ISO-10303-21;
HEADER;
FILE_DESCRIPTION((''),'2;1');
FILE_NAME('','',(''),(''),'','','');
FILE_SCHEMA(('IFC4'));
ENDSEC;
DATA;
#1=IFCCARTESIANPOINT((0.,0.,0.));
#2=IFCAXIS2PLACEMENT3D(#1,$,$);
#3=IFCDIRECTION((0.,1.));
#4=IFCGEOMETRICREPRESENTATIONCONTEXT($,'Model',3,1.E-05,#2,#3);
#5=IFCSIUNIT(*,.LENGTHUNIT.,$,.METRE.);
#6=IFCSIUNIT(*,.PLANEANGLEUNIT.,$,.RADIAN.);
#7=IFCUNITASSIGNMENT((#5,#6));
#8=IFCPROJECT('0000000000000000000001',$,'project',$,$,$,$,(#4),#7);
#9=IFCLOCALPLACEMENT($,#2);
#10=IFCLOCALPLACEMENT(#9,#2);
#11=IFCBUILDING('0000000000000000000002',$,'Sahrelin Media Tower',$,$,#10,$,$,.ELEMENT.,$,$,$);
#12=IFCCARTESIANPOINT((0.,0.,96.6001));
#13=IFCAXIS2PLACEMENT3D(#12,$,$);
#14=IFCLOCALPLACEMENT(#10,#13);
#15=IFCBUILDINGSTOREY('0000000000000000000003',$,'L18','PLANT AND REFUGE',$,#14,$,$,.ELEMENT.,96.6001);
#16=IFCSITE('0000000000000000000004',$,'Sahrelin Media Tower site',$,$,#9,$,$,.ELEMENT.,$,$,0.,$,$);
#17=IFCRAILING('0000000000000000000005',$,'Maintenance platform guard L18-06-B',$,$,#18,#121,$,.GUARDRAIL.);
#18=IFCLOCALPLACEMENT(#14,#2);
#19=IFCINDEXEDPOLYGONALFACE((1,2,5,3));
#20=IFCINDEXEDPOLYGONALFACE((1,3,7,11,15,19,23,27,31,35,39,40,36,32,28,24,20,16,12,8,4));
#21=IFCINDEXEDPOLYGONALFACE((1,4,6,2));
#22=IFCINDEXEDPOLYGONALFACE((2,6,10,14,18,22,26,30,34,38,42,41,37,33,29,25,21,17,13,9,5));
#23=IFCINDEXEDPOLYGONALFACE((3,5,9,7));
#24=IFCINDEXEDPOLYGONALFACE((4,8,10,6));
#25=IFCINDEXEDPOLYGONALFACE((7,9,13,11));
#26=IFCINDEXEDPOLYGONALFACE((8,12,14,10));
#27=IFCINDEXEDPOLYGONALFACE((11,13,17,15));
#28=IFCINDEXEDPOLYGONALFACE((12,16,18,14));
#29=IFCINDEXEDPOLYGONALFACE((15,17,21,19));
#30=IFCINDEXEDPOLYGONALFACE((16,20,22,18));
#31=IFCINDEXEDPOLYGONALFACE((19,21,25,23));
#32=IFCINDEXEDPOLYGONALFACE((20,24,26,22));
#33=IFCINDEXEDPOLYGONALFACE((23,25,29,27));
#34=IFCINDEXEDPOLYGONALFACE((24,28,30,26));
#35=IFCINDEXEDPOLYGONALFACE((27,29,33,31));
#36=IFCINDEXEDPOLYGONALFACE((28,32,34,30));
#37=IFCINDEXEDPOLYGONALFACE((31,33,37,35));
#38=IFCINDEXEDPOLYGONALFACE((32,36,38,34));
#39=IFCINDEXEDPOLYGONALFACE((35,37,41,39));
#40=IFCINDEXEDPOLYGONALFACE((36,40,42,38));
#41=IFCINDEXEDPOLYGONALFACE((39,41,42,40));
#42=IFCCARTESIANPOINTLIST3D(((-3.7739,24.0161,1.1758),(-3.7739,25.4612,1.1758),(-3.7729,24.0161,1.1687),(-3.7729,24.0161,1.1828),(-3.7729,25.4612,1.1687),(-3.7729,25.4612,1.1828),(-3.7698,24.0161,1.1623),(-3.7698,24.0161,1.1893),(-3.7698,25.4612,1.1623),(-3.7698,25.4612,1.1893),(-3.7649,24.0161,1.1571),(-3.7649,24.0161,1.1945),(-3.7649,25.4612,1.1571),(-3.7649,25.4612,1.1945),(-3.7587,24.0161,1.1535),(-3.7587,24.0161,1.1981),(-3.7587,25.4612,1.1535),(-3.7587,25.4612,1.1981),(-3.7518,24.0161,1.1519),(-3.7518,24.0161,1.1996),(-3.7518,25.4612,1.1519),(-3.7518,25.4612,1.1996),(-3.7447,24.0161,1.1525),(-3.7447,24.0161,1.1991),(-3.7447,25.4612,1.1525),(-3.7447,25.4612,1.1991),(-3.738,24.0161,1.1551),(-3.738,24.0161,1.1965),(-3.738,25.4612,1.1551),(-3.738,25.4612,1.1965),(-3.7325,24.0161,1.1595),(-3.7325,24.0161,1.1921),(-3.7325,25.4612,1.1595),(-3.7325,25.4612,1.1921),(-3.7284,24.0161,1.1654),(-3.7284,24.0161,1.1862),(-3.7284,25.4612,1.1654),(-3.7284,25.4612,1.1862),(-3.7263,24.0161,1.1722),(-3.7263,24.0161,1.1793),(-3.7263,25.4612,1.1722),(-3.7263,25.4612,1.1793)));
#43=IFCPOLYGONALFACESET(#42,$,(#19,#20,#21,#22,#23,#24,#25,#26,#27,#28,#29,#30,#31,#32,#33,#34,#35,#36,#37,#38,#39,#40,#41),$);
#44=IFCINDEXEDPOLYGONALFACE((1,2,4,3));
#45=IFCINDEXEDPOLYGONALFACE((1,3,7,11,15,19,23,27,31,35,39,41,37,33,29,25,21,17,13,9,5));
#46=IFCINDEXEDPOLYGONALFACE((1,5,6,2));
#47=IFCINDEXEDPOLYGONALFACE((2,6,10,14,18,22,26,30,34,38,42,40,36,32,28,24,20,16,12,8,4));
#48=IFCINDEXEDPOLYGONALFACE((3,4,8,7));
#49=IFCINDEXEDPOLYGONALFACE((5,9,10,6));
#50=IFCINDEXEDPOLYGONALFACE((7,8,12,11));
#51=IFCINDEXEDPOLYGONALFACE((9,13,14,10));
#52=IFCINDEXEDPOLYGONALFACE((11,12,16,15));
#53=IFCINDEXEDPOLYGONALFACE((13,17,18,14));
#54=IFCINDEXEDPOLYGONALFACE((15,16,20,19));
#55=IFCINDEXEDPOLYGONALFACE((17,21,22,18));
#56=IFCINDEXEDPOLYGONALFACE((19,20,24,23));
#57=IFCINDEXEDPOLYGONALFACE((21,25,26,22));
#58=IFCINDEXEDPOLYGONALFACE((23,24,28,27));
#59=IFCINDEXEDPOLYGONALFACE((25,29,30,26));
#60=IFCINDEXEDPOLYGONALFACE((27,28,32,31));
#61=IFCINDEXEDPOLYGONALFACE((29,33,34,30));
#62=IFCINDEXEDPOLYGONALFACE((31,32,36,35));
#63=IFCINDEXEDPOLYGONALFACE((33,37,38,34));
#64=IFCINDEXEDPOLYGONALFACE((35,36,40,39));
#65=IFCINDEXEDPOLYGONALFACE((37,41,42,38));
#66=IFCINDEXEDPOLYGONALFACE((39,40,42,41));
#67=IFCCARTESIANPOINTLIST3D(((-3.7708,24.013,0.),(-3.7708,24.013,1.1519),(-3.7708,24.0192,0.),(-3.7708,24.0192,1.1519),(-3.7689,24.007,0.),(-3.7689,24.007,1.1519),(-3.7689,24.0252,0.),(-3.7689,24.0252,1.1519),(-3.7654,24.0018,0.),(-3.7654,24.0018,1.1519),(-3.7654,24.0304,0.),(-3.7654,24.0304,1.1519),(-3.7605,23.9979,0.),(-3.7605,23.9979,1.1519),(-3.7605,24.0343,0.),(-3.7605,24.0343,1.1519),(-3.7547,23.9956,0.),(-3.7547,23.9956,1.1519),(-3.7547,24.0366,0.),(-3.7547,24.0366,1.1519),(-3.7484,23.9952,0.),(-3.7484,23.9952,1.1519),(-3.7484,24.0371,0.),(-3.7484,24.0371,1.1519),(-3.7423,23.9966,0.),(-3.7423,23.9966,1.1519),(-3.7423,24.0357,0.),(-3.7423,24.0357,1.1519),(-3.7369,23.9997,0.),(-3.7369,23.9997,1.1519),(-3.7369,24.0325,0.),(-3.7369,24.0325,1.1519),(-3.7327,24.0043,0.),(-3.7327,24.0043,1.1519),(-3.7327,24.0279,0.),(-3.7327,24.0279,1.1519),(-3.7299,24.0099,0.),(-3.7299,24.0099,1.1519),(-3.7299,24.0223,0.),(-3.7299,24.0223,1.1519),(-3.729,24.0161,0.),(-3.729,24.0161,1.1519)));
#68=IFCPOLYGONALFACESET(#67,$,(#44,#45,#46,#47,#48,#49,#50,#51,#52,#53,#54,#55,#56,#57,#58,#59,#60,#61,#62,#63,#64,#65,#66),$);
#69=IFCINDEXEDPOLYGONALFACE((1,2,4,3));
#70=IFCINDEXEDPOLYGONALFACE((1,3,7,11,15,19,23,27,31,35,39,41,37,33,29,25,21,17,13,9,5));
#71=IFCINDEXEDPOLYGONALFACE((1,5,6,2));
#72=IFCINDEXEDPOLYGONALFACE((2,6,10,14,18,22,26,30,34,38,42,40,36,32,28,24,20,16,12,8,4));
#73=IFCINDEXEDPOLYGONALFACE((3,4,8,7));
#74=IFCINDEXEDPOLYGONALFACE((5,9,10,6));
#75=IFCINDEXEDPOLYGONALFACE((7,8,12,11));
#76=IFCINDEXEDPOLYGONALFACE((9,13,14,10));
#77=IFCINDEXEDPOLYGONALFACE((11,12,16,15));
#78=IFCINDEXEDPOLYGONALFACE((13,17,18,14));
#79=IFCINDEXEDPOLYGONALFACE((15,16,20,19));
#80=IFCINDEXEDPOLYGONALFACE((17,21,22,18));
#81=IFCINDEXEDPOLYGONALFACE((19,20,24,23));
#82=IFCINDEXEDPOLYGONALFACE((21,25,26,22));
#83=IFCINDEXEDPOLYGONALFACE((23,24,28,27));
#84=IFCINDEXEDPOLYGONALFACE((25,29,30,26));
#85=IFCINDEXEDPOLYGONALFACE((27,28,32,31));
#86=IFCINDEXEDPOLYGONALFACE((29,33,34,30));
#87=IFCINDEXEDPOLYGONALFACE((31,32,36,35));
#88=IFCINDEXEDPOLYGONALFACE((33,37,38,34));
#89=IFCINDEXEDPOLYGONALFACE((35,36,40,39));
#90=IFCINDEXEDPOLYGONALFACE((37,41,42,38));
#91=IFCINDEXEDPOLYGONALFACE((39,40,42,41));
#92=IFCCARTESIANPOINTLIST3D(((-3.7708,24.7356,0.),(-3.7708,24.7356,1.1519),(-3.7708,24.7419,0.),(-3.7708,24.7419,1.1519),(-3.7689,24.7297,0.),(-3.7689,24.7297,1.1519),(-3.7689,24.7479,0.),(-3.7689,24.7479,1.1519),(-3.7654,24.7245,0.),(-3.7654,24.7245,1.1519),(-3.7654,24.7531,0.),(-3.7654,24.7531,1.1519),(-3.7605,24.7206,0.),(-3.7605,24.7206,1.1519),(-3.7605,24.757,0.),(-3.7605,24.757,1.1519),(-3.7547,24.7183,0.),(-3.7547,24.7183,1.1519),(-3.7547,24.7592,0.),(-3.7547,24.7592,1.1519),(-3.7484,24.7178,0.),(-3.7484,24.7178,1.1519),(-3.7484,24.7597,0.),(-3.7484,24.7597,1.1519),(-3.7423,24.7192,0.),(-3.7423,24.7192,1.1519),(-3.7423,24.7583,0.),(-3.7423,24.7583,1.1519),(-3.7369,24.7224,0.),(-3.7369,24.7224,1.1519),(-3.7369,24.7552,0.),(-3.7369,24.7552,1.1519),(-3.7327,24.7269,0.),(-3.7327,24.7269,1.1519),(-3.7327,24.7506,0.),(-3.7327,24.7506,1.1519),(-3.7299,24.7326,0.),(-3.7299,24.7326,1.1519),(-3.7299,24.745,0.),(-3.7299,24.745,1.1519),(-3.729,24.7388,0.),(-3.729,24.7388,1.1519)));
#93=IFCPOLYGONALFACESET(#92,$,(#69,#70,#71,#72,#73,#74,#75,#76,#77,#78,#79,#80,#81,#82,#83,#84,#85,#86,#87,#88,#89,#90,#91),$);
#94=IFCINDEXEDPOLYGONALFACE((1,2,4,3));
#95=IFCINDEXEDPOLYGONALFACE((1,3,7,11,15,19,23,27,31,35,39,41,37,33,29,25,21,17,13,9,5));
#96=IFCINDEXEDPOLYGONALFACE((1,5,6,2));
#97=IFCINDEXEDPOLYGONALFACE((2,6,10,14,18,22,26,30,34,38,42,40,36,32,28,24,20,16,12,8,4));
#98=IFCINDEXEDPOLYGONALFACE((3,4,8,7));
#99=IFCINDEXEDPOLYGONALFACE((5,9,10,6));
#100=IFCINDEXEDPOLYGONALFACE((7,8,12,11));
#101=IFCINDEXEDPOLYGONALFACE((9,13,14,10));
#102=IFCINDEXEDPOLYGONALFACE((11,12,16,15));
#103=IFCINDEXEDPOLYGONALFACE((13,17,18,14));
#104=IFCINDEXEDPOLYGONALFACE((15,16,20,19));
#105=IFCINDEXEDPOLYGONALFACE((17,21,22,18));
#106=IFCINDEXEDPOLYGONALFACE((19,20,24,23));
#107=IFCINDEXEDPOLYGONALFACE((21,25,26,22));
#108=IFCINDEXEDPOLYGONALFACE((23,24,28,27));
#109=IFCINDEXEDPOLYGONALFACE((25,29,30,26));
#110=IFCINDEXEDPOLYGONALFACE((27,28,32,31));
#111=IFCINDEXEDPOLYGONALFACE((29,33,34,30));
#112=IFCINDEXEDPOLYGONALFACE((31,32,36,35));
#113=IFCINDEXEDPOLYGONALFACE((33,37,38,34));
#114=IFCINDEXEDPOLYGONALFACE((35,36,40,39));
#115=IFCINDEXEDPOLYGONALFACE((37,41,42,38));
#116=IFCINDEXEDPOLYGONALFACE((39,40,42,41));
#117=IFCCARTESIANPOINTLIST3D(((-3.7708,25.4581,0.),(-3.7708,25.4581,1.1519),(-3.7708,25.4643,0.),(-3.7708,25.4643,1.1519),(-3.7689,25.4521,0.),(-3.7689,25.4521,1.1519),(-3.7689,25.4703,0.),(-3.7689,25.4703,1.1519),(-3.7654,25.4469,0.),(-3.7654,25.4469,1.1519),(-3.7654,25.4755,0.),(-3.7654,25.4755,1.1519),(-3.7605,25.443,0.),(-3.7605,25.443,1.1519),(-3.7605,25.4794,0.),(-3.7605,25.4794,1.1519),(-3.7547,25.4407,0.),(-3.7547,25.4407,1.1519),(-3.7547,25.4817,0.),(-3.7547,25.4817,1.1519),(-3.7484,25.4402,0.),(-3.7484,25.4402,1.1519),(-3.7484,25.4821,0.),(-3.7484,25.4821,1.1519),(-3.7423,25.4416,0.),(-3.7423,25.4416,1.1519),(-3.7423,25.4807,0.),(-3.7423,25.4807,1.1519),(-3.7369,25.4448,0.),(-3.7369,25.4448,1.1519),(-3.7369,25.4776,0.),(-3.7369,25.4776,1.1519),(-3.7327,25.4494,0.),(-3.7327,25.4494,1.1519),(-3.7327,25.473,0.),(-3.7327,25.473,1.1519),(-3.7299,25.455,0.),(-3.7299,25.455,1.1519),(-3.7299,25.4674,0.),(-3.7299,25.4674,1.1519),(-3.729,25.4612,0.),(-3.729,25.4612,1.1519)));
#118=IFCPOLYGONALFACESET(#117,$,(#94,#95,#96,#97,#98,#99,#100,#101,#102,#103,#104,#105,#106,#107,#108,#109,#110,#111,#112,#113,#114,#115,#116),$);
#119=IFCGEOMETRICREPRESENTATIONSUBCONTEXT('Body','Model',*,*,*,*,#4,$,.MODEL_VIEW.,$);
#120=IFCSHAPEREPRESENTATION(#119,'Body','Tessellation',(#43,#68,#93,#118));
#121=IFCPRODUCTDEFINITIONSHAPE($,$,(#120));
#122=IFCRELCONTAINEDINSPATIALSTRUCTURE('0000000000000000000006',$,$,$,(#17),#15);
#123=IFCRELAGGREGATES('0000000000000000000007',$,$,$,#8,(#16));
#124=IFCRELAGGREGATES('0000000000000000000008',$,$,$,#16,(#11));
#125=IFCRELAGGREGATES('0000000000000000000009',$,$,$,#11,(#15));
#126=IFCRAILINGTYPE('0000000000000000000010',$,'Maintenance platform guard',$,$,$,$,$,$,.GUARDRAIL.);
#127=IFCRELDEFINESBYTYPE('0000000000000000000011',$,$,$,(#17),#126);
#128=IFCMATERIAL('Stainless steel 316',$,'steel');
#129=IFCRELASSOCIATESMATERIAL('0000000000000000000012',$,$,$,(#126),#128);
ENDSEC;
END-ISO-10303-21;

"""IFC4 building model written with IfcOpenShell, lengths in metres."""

from ifc_helpers import new_model, si_unit, direction, frame, origin, origin_2d, place, context, subcontext, project, spatial, circle, extrude, material, type_object, element, save


model = new_model("IFC4")

# Units and contexts
model_context = context("Model", 3, precision=1e-05, world=origin(), true_north=direction((0.0, 1.0)))
body_context = subcontext(model_context, "Body", "Model", "MODEL_VIEW")
ifc_project = project(units=[si_unit("LENGTHUNIT", "METRE"), si_unit("PLANEANGLEUNIT", "RADIAN")], contexts=[model_context])

# Site, building, storey
site_placement = place(None, origin())
site = spatial("IfcSite", under=ifc_project, at=site_placement, Name="Sahrelin Media Tower site", CompositionType="ELEMENT", RefElevation=0.0)
building_placement = place(site_placement, origin())
building = spatial("IfcBuilding", under=site, at=building_placement, Name="Sahrelin Media Tower", CompositionType="ELEMENT")
storey_placement = place(building_placement, frame((0.0, 0.0, 96.6001)))
storey = spatial("IfcBuildingStorey", under=building, at=storey_placement, Name="L18", Description="PLANT AND REFUGE", CompositionType="ELEMENT", Elevation=96.6001)

# Railing
ifc_material_1 = material(Name="Stainless steel 316", Category="steel")
railing_type = type_object("IfcRailingType", Name="Maintenance platform guard", PredefinedType="GUARDRAIL", material=ifc_material_1)
for number, where, name in (
    (1, (-3.75, 24.0161, 0.0), "Maintenance platform guard L18-06-B"),
):
    element("IfcRailing", number, at=place(storey_placement, frame(where)), inside=storey, type_object=railing_type, Name=name, PredefinedType="GUARDRAIL", context=body_context, shape_type="SweptSolid", body=[
        extrude(circle(Radius=0.0239, at=origin_2d()), frame((0.0, 0.0, 1.1758), z_axis=(0.0, 1.0, 0.0), x_axis=(-1.0, 0.0, 0.0)), (0.0, 0.0, 1.0), 1.4451),
        extrude(circle(Radius=0.021, at=origin_2d()), origin(), (0.0, 0.0, 1.0), 1.1519),
        extrude(circle(Radius=0.021, at=origin_2d()), frame((0.0, 0.7227, 0.0)), (0.0, 0.0, 1.0), 1.1519),
        extrude(circle(Radius=0.021, at=origin_2d()), frame((0.0, 1.4451, 0.0)), (0.0, 0.0, 1.0), 1.1519),
    ])

save(model, "model.ifc")
